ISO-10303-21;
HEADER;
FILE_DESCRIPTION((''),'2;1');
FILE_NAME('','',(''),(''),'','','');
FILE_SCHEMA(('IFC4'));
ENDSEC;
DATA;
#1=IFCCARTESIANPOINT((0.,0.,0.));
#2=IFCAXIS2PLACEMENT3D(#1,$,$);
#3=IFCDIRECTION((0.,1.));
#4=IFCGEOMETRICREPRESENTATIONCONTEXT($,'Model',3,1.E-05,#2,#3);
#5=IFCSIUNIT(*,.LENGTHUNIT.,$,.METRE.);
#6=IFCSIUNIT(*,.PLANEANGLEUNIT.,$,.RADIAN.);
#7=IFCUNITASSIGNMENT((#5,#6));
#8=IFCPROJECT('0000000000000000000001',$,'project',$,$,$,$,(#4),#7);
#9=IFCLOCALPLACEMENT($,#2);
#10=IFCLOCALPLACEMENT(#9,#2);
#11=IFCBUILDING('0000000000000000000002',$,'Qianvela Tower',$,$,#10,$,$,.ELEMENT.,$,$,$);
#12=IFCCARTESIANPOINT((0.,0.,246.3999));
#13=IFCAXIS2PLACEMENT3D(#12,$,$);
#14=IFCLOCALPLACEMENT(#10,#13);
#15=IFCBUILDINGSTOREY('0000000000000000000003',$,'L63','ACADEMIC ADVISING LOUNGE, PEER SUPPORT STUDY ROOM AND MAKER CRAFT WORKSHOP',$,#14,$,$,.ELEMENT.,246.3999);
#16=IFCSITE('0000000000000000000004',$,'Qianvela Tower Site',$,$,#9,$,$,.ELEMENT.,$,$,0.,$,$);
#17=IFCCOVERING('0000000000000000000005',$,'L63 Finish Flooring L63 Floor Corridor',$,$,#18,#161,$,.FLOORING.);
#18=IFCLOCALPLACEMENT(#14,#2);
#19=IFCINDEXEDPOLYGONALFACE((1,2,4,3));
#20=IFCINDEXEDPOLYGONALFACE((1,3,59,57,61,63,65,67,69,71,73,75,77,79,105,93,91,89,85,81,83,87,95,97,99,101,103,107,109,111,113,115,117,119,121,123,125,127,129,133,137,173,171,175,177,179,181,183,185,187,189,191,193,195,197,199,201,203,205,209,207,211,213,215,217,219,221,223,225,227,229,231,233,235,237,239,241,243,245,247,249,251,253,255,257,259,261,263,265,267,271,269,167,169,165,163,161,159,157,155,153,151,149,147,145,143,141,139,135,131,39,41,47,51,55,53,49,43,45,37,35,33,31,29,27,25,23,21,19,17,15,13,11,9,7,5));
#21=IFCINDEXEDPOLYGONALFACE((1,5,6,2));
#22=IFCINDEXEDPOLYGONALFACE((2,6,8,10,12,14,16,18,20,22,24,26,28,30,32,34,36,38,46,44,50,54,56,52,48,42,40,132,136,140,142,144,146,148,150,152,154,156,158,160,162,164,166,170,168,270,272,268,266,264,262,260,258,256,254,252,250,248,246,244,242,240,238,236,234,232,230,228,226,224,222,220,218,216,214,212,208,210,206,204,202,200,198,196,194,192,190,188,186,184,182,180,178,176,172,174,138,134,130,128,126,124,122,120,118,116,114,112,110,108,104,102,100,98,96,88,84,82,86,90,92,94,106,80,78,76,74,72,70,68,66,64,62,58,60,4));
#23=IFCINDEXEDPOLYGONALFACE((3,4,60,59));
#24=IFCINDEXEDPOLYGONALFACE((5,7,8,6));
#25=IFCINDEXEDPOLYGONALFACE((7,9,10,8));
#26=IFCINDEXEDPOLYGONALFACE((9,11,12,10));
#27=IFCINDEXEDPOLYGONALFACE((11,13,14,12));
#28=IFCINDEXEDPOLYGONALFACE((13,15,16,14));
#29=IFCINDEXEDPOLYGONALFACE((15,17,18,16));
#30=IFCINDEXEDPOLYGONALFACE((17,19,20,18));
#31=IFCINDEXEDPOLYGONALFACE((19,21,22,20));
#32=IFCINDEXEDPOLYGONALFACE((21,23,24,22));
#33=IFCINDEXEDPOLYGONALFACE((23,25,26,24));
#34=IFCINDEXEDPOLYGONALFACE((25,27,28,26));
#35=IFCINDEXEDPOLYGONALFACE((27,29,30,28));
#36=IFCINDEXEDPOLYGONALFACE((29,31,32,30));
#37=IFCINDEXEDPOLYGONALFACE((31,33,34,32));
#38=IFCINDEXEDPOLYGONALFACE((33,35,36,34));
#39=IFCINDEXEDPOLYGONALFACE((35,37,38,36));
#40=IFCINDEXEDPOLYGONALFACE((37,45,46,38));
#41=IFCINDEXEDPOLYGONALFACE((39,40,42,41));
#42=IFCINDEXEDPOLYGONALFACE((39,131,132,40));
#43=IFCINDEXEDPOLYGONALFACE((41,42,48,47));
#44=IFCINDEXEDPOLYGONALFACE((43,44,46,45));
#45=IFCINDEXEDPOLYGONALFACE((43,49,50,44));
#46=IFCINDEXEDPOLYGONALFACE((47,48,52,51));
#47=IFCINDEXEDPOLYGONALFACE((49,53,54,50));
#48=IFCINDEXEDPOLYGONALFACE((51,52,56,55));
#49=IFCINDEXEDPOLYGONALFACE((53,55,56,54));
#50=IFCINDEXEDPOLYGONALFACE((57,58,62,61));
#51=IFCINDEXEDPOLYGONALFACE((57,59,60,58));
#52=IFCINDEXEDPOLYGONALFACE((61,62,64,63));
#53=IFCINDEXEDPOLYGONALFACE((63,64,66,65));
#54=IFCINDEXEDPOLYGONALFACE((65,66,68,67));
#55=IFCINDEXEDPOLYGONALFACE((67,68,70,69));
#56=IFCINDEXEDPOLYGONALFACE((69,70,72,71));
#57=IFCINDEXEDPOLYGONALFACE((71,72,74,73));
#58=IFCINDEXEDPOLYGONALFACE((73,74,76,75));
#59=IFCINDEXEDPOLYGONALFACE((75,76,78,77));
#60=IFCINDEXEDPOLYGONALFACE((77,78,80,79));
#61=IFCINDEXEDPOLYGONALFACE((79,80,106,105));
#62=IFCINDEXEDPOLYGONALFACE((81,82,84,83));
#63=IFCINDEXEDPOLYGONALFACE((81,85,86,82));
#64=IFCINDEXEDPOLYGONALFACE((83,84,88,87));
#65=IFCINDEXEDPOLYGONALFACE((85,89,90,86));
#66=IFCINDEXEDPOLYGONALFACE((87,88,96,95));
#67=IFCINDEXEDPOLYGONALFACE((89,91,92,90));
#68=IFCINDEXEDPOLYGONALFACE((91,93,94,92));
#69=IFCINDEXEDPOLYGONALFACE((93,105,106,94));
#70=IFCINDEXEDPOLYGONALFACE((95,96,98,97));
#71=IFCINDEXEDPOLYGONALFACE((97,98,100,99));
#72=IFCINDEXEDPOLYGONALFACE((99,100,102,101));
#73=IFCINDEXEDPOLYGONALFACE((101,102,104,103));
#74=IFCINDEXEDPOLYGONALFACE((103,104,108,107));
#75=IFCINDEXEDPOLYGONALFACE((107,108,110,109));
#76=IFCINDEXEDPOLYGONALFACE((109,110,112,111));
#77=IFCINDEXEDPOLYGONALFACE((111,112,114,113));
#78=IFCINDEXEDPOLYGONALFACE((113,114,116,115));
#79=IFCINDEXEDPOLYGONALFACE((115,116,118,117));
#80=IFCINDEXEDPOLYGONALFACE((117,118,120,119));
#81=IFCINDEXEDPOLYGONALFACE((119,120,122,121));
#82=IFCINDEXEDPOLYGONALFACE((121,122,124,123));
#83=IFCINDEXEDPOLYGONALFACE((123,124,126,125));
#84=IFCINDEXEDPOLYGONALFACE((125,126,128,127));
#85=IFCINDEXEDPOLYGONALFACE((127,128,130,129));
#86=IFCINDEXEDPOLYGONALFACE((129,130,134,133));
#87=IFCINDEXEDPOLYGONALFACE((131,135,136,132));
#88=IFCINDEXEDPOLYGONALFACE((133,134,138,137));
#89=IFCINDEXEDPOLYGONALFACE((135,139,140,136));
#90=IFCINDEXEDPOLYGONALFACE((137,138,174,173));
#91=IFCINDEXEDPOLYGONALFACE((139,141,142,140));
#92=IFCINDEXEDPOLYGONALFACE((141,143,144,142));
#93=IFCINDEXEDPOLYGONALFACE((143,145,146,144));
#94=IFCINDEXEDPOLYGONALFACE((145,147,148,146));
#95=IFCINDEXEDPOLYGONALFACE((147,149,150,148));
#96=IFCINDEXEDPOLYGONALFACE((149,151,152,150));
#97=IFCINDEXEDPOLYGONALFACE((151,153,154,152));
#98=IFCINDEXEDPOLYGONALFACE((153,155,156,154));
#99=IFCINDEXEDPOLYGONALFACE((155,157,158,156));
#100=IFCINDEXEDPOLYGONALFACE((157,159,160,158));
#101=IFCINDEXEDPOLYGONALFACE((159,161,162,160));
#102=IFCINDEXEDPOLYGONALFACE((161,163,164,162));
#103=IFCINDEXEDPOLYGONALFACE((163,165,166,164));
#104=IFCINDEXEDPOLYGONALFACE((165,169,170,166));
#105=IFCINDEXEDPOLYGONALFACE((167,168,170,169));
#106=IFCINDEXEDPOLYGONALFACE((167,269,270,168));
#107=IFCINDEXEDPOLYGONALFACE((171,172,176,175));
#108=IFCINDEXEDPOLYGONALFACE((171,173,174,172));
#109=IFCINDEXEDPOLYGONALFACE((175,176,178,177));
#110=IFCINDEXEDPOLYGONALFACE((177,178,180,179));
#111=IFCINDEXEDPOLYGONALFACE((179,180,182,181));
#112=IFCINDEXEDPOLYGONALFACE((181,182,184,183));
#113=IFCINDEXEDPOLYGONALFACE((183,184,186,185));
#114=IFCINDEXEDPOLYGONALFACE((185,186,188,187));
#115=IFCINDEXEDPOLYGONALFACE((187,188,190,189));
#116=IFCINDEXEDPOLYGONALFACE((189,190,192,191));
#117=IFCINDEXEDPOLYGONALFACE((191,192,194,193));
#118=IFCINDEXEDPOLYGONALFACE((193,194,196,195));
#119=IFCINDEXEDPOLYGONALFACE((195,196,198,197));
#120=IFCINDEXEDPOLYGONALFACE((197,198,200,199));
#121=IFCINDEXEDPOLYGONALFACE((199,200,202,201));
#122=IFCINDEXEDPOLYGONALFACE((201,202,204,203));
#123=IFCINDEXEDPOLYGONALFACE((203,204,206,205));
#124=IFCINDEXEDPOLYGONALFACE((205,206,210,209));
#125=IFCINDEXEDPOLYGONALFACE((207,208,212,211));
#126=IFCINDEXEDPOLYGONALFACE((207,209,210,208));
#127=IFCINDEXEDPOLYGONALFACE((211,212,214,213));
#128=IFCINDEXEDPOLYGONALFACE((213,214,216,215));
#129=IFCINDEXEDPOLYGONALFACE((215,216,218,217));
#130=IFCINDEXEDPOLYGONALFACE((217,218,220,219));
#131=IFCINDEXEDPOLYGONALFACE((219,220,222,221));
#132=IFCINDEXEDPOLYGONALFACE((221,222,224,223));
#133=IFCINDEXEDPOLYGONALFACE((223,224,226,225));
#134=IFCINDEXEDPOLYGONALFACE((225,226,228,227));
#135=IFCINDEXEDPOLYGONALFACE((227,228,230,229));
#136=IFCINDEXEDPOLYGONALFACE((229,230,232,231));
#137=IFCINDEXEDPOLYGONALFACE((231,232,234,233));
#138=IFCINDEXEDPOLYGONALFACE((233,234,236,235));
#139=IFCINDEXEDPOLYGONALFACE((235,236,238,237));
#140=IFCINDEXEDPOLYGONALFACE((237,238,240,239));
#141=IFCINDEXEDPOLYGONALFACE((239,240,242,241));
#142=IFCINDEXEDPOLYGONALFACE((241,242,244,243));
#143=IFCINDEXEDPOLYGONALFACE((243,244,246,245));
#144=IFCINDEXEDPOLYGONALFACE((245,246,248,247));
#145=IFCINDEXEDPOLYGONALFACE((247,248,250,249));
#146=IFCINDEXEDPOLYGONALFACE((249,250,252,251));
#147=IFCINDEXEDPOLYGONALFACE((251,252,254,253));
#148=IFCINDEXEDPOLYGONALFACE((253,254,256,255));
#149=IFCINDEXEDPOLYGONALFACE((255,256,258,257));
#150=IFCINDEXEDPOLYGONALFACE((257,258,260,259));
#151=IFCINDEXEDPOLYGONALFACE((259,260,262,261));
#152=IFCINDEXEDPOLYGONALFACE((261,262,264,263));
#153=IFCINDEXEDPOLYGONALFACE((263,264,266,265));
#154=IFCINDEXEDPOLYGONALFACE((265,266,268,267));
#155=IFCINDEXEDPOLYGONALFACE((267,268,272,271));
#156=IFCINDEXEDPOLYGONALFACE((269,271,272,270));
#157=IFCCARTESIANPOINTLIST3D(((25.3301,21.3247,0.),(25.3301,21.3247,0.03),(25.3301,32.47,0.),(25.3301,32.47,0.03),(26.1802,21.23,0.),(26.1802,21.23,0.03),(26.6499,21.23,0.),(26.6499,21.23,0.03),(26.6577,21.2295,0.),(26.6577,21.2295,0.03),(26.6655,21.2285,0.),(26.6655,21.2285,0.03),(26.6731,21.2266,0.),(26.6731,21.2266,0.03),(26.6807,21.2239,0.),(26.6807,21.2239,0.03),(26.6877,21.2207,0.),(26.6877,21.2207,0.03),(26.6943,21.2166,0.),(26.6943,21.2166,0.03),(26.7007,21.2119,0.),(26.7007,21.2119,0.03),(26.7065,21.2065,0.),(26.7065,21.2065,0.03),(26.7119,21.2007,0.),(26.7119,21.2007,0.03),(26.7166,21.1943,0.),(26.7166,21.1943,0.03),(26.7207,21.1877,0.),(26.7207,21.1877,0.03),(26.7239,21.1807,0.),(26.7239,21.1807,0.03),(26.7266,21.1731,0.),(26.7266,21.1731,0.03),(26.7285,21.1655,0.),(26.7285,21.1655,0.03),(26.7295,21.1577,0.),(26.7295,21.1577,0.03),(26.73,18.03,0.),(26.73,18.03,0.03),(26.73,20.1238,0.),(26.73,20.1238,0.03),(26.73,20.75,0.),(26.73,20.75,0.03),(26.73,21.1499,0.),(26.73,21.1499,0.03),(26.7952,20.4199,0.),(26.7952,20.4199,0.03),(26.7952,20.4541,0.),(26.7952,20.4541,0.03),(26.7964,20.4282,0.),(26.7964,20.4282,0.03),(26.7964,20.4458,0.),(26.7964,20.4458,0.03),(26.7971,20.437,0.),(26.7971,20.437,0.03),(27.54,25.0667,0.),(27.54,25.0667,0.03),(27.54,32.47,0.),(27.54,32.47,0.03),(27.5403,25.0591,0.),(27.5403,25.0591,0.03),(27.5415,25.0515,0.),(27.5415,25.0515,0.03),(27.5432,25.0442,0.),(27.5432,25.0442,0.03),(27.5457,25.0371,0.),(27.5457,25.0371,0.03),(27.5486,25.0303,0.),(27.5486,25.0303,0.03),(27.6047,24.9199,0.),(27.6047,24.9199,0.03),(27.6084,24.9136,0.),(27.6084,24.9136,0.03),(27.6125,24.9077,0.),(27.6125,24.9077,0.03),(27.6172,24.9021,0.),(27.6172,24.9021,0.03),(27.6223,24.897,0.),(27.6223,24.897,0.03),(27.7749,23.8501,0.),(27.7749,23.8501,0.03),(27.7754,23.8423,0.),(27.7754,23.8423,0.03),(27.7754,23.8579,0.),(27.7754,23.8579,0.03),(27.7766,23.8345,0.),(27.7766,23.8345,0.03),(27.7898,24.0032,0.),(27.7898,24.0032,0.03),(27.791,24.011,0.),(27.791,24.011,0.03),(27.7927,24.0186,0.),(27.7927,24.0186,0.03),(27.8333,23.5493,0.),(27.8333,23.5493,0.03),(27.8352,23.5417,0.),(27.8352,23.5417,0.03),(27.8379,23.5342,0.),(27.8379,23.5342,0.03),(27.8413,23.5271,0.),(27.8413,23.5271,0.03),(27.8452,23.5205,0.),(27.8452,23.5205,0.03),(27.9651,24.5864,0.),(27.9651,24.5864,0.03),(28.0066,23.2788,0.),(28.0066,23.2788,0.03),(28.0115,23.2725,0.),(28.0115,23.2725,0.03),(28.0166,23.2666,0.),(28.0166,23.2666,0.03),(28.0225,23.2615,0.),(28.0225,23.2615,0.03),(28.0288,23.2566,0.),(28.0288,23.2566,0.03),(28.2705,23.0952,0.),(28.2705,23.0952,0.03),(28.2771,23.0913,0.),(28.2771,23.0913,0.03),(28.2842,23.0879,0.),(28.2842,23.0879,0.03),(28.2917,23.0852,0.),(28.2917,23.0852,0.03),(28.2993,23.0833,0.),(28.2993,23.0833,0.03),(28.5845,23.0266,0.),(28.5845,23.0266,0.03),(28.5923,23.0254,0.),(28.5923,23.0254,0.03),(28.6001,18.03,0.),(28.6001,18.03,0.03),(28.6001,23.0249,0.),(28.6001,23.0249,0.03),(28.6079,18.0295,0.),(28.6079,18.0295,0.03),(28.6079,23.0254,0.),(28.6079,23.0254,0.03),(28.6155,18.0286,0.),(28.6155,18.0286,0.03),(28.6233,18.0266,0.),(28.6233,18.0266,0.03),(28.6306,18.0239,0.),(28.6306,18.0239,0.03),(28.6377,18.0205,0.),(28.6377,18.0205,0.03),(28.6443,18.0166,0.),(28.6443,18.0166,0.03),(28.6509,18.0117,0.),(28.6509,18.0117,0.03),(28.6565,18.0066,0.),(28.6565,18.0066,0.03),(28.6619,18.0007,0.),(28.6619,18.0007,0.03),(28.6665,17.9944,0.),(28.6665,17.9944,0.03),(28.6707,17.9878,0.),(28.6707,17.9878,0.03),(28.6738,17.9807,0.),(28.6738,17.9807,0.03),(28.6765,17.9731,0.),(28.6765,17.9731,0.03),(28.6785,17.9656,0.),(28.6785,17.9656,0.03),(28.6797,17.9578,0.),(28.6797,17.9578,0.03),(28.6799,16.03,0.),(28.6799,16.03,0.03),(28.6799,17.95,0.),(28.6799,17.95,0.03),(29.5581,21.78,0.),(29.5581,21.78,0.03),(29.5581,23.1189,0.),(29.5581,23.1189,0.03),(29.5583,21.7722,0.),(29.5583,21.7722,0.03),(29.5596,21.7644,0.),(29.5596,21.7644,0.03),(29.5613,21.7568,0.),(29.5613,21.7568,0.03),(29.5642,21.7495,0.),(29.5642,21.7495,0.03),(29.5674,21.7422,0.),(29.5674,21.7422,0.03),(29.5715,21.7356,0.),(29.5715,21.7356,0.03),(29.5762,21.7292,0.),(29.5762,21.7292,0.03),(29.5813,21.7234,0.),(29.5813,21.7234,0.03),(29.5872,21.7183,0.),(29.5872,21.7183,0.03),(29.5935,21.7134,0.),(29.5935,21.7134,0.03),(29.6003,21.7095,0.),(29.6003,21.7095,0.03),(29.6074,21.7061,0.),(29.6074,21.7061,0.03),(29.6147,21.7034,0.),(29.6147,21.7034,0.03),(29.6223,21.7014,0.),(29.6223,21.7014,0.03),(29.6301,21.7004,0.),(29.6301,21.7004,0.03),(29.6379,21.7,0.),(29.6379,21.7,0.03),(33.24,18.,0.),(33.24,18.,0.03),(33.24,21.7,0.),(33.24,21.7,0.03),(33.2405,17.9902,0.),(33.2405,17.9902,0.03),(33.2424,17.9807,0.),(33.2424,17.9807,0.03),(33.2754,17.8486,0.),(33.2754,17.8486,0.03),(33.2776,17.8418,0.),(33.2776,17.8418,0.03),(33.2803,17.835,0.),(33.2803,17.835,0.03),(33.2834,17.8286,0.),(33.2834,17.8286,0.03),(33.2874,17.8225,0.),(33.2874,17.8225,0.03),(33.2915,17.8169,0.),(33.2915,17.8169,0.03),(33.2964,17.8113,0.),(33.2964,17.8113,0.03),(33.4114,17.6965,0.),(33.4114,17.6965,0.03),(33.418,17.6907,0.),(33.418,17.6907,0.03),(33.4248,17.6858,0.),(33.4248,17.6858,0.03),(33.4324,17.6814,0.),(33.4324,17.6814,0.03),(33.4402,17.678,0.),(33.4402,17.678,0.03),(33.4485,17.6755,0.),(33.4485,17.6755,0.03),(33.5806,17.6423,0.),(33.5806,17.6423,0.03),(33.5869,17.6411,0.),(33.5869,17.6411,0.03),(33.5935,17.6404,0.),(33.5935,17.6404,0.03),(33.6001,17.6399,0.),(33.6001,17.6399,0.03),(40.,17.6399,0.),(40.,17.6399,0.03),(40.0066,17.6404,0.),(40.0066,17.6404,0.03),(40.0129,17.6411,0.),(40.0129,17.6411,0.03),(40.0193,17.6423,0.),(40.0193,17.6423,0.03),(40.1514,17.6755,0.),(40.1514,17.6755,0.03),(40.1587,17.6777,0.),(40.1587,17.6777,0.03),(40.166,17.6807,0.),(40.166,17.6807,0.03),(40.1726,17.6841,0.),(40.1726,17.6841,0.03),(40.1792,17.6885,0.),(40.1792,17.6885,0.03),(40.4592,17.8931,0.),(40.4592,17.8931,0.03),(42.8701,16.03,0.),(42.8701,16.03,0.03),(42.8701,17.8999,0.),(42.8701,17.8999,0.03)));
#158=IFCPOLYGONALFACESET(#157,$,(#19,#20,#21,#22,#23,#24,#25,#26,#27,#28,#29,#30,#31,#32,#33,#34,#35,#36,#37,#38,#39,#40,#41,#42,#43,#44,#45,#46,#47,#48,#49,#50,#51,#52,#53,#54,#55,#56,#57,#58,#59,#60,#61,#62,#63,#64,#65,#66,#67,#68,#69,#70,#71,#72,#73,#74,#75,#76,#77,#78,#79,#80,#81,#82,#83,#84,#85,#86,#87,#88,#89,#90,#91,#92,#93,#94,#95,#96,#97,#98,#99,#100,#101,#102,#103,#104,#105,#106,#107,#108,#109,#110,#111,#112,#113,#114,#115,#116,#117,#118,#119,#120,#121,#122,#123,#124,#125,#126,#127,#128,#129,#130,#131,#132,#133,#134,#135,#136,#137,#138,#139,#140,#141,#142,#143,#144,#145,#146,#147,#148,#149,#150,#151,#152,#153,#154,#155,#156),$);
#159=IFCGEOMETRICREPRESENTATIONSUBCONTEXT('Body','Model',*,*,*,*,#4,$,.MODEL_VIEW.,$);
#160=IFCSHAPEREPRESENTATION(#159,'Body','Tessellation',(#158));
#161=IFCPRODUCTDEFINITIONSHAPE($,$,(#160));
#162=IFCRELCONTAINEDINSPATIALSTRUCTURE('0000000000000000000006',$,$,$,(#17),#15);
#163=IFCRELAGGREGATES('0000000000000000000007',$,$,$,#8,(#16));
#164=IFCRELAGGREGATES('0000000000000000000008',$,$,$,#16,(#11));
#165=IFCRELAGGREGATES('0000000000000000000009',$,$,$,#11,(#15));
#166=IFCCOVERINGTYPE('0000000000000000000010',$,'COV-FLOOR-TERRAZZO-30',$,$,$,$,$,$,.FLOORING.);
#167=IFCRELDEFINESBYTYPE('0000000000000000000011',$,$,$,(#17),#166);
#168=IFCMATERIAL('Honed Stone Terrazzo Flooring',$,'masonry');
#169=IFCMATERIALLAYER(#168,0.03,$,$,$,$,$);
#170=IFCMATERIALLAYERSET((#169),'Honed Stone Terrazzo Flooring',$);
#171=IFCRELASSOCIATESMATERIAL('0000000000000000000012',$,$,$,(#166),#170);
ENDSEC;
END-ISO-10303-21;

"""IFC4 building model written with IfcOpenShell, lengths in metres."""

from ifc_helpers import new_model, si_unit, direction, frame, origin, place, context, subcontext, project, spatial, polyline, outline, extrude, material, layer, layer_set, type_object, element, save


model = new_model("IFC4")

# Units and contexts
model_context = context("Model", 3, precision=1e-05, world=origin(), true_north=direction((0.0, 1.0)))
body_context = subcontext(model_context, "Body", "Model", "MODEL_VIEW")
ifc_project = project(units=[si_unit("LENGTHUNIT", "METRE"), si_unit("PLANEANGLEUNIT", "RADIAN")], contexts=[model_context])

# Site, building, storey
site_placement = place(None, origin())
site = spatial("IfcSite", under=ifc_project, at=site_placement, Name="Qianvela Tower Site", CompositionType="ELEMENT", RefElevation=0.0)
building_placement = place(site_placement, origin())
building = spatial("IfcBuilding", under=site, at=building_placement, Name="Qianvela Tower", CompositionType="ELEMENT")
storey_placement = place(building_placement, frame((0.0, 0.0, 246.3999)))
storey = spatial("IfcBuildingStorey", under=building, at=storey_placement, Name="L63", Description="ACADEMIC ADVISING LOUNGE, PEER SUPPORT STUDY ROOM AND MAKER CRAFT WORKSHOP", CompositionType="ELEMENT", Elevation=246.3999)

# Covering
ifc_material_1 = material(Name="Honed Stone Terrazzo Flooring", Category="masonry")
ifc_layer_1 = layer(ifc_material_1, 0.03)
ifc_layer_set_1 = layer_set([ifc_layer_1], Name="Honed Stone Terrazzo Flooring")
covering_type_1 = type_object("IfcCoveringType", Name="COV-FLOOR-TERRAZZO-30", PredefinedType="FLOORING", material=ifc_layer_set_1)
covering_1_placement = place(storey_placement, origin())
element("IfcCovering", 1, at=covering_1_placement, inside=storey, type_object=covering_type_1, Name="L63 Finish Flooring L63 Floor Corridor", PredefinedType="FLOORING", context=body_context, shape_type="SweptSolid", body=[
    extrude(outline(polyline([(27.7927, 24.0186), (27.791, 24.011), (27.7898, 24.0032), (27.7754, 23.8579), (27.7749, 23.8501), (27.7754, 23.8423), (27.7766, 23.8345), (27.8333, 23.5493), (27.8352, 23.5417), (27.8379, 23.5342), (27.8413, 23.5271), (27.8452, 23.5205), (28.0066, 23.2788), (28.0115, 23.2725), (28.0166, 23.2666), (28.0225, 23.2615), (28.0288, 23.2566), (28.2705, 23.0952), (28.2771, 23.0913), (28.2842, 23.0879), (28.2917, 23.0852), (28.2993, 23.0833), (28.5845, 23.0266), (28.5923, 23.0254), (28.6001, 23.0249), (28.6079, 23.0254), (29.5581, 23.1189), (29.5581, 21.78), (29.5583, 21.7722), (29.5596, 21.7644), (29.5613, 21.7568), (29.5642, 21.7495), (29.5674, 21.7422), (29.5715, 21.7356), (29.5762, 21.7292), (29.5813, 21.7234), (29.5872, 21.7183), (29.5935, 21.7134), (29.6003, 21.7095), (29.6074, 21.7061), (29.6147, 21.7034), (29.6223, 21.7014), (29.6301, 21.7004), (29.6379, 21.7), (33.24, 21.7), (33.24, 18.0), (33.2405, 17.9902), (33.2424, 17.9807), (33.2754, 17.8486), (33.2776, 17.8418), (33.2803, 17.835), (33.2834, 17.8286), (33.2874, 17.8225), (33.2915, 17.8169), (33.2964, 17.8113), (33.4114, 17.6965), (33.418, 17.6907), (33.4248, 17.6858), (33.4324, 17.6814), (33.4402, 17.678), (33.4485, 17.6755), (33.5806, 17.6423), (33.5869, 17.6411), (33.5935, 17.6404), (33.6001, 17.6399), (40.0, 17.6399), (40.0066, 17.6404), (40.0129, 17.6411), (40.0193, 17.6423), (40.1514, 17.6755), (40.1587, 17.6777), (40.166, 17.6807), (40.1726, 17.6841), (40.1792, 17.6885), (40.4592, 17.8931), (42.8701, 17.8999), (42.8701, 16.03), (28.6799, 16.03), (28.6799, 17.95), (28.6797, 17.9578), (28.6785, 17.9656), (28.6765, 17.9731), (28.6738, 17.9807), (28.6707, 17.9878), (28.6665, 17.9944), (28.6619, 18.0007), (28.6565, 18.0066), (28.6509, 18.0117), (28.6443, 18.0166), (28.6377, 18.0205), (28.6306, 18.0239), (28.6233, 18.0266), (28.6155, 18.0286), (28.6079, 18.0295), (28.6001, 18.03), (26.73, 18.03), (26.73, 20.1238), (26.7952, 20.4199), (26.7964, 20.4282), (26.7971, 20.437), (26.7964, 20.4458), (26.7952, 20.4541), (26.73, 20.75), (26.73, 21.1499), (26.7295, 21.1577), (26.7285, 21.1655), (26.7266, 21.1731), (26.7239, 21.1807), (26.7207, 21.1877), (26.7166, 21.1943), (26.7119, 21.2007), (26.7065, 21.2065), (26.7007, 21.2119), (26.6943, 21.2166), (26.6877, 21.2207), (26.6807, 21.2239), (26.6731, 21.2266), (26.6655, 21.2285), (26.6577, 21.2295), (26.6499, 21.23), (26.1802, 21.23), (25.3301, 21.3247), (25.3301, 32.47), (27.54, 32.47), (27.54, 25.0667), (27.5403, 25.0591), (27.5415, 25.0515), (27.5432, 25.0442), (27.5457, 25.0371), (27.5486, 25.0303), (27.6047, 24.9199), (27.6084, 24.9136), (27.6125, 24.9077), (27.6172, 24.9021), (27.6223, 24.897), (27.9651, 24.5864), (27.7927, 24.0186)])), origin(), (0.0, 0.0, 1.0), 0.03),
])

save(model, "model.ifc")
